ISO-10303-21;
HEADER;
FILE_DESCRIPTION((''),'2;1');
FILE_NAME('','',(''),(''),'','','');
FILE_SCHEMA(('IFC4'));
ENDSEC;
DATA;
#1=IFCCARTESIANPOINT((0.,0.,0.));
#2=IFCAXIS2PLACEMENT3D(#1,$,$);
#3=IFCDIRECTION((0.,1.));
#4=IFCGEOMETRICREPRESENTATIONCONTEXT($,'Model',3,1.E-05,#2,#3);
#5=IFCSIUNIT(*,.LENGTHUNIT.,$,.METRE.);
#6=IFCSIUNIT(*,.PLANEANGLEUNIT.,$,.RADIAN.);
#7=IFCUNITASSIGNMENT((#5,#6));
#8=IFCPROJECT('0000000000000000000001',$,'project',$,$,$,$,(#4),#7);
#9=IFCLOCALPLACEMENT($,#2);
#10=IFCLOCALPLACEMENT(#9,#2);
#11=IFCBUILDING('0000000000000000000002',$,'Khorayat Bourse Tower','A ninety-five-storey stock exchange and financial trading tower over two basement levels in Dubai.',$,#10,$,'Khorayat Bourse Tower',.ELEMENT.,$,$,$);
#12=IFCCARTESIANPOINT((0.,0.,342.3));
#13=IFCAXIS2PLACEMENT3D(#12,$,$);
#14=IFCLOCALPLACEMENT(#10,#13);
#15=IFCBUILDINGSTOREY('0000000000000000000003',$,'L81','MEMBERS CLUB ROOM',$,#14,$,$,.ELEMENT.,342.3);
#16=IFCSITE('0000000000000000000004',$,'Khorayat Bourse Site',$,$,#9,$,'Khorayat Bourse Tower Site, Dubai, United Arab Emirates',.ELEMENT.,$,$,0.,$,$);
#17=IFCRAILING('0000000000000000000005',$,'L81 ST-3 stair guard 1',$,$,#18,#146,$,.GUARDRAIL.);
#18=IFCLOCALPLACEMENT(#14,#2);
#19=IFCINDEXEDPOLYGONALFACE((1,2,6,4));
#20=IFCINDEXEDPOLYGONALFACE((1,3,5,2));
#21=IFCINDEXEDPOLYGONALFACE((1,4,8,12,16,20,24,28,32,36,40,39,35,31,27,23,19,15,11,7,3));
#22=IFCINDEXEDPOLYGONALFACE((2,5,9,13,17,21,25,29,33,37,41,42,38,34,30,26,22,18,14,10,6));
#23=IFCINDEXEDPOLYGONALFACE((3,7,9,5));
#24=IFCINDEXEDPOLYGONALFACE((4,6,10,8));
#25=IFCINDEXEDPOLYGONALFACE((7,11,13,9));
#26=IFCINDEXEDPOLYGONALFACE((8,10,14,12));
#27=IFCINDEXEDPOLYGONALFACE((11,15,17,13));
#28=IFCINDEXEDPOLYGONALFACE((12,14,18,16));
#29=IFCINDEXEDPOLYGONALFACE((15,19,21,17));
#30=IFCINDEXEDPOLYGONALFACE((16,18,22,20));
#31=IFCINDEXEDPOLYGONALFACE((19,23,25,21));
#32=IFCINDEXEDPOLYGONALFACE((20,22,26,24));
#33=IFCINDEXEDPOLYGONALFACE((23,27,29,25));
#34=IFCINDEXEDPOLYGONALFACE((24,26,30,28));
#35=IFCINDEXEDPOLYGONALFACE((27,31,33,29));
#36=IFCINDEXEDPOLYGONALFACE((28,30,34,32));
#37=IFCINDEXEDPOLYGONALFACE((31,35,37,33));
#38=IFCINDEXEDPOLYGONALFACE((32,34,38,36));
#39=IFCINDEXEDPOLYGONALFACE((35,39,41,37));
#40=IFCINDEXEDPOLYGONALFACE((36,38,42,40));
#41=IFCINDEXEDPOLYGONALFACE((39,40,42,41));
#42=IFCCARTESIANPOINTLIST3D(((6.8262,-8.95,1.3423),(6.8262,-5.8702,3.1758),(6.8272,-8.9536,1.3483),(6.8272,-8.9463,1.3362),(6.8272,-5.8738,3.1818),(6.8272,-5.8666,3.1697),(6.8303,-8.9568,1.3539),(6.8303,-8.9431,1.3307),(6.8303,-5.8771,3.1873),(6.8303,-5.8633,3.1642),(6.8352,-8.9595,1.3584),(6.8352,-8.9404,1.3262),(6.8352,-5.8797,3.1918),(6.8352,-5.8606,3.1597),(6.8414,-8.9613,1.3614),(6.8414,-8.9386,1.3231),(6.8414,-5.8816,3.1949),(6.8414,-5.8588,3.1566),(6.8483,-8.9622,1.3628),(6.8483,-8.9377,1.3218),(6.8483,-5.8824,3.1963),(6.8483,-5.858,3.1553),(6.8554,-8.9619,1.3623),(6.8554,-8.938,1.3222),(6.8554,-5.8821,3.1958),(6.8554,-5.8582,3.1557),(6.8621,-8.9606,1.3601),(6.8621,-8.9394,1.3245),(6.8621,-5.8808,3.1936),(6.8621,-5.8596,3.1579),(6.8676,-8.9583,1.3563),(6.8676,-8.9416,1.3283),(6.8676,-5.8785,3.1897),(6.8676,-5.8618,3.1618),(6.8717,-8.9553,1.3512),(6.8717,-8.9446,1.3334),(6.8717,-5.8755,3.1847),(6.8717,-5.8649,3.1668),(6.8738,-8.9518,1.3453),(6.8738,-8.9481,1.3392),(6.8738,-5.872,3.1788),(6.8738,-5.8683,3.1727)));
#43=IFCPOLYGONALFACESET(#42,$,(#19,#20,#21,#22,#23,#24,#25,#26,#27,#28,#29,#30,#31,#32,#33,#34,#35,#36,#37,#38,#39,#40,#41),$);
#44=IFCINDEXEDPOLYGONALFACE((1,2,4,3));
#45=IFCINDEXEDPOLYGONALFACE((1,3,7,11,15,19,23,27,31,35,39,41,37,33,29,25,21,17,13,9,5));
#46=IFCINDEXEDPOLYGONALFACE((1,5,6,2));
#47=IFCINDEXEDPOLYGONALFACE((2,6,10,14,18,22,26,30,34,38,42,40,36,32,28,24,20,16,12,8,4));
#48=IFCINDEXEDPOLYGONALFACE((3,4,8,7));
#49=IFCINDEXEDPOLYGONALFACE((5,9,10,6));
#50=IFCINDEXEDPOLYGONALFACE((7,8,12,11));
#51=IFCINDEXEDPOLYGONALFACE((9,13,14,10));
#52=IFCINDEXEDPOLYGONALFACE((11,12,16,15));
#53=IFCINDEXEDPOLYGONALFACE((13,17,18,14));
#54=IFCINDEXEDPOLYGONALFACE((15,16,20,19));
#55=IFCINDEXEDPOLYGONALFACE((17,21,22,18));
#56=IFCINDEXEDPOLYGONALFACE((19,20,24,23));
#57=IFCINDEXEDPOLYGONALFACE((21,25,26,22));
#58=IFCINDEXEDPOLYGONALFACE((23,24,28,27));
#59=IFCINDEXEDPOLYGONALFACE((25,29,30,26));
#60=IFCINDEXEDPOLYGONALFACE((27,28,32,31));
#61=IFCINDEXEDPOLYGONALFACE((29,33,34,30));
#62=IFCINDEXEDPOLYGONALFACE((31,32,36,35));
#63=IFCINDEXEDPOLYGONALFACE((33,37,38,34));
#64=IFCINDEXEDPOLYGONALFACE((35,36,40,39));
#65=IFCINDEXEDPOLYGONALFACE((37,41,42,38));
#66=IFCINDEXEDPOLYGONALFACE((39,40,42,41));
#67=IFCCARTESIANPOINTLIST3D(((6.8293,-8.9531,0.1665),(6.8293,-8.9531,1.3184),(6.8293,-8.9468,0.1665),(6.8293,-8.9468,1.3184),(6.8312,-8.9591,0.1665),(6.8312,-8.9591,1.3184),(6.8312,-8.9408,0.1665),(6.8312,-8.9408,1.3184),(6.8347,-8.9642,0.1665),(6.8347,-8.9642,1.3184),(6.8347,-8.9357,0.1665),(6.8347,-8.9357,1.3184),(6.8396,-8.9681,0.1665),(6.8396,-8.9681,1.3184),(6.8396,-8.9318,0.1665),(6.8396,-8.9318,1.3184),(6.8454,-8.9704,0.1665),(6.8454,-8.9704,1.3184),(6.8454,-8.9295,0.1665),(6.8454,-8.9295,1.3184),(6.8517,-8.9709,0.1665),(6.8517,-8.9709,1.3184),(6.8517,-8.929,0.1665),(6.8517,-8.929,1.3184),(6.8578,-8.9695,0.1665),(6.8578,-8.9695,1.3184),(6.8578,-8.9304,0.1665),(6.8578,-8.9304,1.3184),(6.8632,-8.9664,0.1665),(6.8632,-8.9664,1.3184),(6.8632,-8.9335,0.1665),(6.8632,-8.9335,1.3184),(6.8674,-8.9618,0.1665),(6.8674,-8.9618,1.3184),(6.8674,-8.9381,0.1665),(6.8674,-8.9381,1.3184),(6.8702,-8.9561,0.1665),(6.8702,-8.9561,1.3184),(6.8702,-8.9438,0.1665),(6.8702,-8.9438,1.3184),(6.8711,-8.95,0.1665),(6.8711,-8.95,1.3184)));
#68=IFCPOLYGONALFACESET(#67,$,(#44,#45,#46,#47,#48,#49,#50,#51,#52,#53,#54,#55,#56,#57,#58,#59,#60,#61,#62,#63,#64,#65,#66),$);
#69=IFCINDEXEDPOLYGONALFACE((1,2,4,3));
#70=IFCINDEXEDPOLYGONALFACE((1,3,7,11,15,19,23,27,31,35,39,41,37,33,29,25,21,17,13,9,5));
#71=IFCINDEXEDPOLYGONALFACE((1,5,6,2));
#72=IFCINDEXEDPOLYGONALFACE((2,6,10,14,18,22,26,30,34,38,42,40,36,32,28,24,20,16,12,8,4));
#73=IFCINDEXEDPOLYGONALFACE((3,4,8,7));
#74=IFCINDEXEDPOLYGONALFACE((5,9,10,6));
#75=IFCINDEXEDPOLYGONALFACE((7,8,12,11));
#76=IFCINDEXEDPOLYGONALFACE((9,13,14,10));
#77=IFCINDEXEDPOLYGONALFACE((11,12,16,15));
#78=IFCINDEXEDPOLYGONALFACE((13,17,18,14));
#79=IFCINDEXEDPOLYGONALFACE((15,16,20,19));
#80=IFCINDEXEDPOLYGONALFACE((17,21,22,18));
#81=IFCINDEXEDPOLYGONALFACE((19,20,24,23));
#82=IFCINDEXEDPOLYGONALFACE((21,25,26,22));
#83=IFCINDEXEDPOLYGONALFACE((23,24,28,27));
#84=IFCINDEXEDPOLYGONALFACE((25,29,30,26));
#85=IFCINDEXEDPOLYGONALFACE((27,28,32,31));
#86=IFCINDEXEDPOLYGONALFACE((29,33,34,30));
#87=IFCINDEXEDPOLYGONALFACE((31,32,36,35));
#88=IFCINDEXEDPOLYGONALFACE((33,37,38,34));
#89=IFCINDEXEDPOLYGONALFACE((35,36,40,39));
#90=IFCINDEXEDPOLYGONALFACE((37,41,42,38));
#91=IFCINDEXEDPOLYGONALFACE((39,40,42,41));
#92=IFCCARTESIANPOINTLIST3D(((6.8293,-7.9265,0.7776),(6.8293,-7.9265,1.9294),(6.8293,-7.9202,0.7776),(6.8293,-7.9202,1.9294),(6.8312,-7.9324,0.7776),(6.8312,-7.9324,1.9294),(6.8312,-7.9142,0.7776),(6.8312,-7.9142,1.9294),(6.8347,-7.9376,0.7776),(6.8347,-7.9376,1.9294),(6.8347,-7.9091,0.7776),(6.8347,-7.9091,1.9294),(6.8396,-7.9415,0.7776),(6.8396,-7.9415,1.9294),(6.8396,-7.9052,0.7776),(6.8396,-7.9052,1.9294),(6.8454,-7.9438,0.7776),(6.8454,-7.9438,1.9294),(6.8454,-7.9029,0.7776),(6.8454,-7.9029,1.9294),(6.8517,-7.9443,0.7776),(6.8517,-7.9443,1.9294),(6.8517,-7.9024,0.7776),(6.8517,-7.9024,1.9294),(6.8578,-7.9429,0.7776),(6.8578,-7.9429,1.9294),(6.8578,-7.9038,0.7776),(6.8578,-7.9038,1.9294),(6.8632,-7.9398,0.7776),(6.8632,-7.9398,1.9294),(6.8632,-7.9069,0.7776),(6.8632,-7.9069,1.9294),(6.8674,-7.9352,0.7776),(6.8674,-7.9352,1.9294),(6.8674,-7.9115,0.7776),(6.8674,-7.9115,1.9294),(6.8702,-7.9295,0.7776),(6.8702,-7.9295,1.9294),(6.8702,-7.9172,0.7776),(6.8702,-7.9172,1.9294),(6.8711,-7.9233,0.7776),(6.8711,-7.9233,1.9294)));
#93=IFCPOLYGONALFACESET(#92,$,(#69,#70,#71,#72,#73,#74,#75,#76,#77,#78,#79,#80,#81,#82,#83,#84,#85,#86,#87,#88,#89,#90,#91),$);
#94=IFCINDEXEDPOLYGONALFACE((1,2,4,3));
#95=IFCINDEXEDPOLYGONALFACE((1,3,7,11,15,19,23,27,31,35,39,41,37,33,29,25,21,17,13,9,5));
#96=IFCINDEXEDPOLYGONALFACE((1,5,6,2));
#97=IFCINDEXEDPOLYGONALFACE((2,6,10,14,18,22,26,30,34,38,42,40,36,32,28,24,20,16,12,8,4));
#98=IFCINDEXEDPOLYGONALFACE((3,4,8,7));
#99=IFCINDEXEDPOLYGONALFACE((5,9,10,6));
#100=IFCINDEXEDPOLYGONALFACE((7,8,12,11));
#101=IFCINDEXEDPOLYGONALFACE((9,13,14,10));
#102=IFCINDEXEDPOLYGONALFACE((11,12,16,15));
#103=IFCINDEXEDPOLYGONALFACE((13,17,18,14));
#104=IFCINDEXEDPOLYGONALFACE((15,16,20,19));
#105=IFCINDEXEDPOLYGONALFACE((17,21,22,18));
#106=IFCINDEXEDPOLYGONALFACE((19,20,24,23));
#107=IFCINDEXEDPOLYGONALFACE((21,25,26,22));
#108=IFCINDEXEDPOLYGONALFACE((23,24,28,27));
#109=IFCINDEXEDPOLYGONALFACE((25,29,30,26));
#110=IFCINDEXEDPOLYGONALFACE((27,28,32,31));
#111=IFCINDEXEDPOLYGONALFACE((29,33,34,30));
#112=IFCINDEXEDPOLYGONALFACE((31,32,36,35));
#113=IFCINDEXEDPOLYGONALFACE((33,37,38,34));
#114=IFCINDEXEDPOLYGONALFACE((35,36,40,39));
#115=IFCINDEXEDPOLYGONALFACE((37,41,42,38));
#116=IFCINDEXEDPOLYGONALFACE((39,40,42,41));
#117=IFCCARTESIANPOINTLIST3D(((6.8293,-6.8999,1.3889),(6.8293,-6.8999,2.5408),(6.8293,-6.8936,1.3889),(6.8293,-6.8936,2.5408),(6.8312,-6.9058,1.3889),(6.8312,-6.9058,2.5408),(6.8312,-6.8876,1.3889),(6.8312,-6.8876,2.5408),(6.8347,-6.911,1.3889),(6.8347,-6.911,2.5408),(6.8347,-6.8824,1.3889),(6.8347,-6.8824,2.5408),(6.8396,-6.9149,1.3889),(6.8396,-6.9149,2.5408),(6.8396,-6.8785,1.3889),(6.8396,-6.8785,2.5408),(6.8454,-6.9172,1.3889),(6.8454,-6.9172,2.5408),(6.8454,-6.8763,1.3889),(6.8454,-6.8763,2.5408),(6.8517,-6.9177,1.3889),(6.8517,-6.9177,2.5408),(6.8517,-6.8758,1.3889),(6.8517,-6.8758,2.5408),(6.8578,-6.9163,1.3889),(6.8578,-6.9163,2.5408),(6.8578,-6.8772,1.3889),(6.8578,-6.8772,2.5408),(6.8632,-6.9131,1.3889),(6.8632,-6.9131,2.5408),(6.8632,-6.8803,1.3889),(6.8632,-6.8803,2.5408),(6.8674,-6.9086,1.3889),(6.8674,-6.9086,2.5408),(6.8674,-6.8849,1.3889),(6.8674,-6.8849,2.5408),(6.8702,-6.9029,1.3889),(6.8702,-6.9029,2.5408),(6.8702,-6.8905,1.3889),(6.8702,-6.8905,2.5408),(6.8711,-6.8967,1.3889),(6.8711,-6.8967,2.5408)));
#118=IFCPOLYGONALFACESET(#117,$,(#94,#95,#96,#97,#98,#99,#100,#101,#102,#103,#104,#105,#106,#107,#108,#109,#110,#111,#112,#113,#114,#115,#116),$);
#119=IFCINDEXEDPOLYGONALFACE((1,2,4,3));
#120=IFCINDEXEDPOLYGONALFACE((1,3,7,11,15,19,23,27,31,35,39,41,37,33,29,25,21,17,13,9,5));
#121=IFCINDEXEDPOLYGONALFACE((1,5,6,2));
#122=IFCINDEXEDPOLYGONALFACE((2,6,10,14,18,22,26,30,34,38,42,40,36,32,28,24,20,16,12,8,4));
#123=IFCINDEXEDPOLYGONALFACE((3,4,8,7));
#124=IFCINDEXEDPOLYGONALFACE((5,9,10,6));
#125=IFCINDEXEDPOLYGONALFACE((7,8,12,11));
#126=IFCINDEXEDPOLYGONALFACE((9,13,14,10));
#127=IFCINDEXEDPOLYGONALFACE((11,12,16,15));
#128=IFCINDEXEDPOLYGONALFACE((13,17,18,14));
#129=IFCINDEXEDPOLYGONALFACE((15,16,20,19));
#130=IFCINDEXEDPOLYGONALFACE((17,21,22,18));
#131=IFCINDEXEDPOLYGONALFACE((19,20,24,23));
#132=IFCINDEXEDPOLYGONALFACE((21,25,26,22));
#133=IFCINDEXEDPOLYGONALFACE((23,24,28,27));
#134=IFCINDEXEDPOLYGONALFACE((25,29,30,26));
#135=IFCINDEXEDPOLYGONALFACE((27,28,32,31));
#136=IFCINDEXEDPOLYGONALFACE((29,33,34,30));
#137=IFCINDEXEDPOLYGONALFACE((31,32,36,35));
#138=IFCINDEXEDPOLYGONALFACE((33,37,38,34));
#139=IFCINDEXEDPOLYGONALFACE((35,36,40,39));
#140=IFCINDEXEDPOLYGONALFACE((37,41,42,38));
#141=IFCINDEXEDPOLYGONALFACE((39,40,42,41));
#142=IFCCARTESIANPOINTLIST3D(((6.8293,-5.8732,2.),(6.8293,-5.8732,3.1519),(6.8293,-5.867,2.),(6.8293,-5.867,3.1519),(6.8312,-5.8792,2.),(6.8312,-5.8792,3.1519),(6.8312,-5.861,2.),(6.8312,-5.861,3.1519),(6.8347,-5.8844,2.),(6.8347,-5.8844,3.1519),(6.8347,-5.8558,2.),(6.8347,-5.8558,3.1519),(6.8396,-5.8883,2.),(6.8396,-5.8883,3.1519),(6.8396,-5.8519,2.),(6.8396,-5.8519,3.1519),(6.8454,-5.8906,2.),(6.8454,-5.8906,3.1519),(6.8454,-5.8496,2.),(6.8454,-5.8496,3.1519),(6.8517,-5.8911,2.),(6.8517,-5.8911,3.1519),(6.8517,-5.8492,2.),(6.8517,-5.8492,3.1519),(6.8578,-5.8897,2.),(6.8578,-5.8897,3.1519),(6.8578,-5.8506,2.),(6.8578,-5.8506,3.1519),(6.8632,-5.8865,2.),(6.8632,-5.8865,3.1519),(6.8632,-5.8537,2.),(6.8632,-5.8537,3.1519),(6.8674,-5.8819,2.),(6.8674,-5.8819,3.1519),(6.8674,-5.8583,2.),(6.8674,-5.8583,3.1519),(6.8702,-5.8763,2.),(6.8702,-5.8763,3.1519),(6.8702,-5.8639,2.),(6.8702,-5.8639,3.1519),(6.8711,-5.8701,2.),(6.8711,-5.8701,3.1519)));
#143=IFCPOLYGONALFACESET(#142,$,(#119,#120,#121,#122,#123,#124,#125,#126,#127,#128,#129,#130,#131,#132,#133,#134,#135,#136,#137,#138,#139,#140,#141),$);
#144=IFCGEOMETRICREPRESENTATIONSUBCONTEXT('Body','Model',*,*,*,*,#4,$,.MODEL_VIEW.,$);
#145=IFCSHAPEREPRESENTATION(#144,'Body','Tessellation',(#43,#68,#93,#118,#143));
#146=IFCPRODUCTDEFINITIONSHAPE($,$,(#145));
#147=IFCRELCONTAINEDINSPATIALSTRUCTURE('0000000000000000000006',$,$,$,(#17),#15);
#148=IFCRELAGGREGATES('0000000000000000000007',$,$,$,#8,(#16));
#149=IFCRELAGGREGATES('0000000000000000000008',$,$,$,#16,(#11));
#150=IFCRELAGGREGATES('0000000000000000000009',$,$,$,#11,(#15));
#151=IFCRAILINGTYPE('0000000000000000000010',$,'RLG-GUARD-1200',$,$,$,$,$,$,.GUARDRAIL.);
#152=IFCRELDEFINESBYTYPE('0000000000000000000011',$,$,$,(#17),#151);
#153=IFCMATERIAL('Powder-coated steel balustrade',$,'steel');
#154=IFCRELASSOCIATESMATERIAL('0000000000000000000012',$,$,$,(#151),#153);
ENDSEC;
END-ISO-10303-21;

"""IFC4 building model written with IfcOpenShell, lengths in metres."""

from ifc_helpers import new_model, si_unit, direction, frame, origin, origin_2d, place, context, subcontext, project, spatial, circle, extrude, source, transform, mapped, material, type_object, element, save


model = new_model("IFC4")

# Units and contexts
model_context = context("Model", 3, precision=1e-05, world=origin(), true_north=direction((0.0, 1.0)))
body_context = subcontext(model_context, "Body", "Model", "MODEL_VIEW")
ifc_project = project(units=[si_unit("LENGTHUNIT", "METRE"), si_unit("PLANEANGLEUNIT", "RADIAN")], contexts=[model_context])

# Site, building, storey
site_placement = place(None, origin())
site = spatial("IfcSite", under=ifc_project, at=site_placement, Name="Khorayat Bourse Site", LongName="Khorayat Bourse Tower Site, Dubai, United Arab Emirates", CompositionType="ELEMENT", RefElevation=0.0)
building_placement = place(site_placement, origin())
building = spatial("IfcBuilding", under=site, at=building_placement, Name="Khorayat Bourse Tower", Description="A ninety-five-storey stock exchange and financial trading tower over two basement levels in Dubai.", LongName="Khorayat Bourse Tower", CompositionType="ELEMENT")
storey_placement = place(building_placement, frame((0.0, 0.0, 342.3)))
storey = spatial("IfcBuildingStorey", under=building, at=storey_placement, Name="L81", Description="MEMBERS CLUB ROOM", CompositionType="ELEMENT", Elevation=342.3)

# Railing
ifc_material_1 = material(Name="Powder-coated steel balustrade", Category="steel")
railing_type_1 = type_object("IfcRailingType", Name="RLG-GUARD-1200", PredefinedType="GUARDRAIL", material=ifc_material_1)
shared_shape_1 = source(origin(), body_context, "Body", "SweptSolid", [
    extrude(circle(Radius=0.0239, at=origin_2d()), frame((0.0, 0.0, 1.1758), z_axis=(0.0, 0.859261, 0.511538), x_axis=(-1.0, 0.0, 0.0)), (0.0, 0.0, 1.0), 3.5842),
    extrude(circle(Radius=0.021, at=origin_2d()), origin(), (0.0, 0.0, 1.0), 1.1519),
    extrude(circle(Radius=0.021, at=origin_2d()), frame((0.0, 1.0266, 0.6111)), (0.0, 0.0, 1.0), 1.1519),
    extrude(circle(Radius=0.021, at=origin_2d()), frame((0.0, 2.0532, 1.2224)), (0.0, 0.0, 1.0), 1.1519),
    extrude(circle(Radius=0.021, at=origin_2d()), frame((0.0, 3.0798, 1.8335)), (0.0, 0.0, 1.0), 1.1519),
])
railing_1_placement = place(storey_placement, frame((6.8501, -8.95, 0.1665)))
element("IfcRailing", 1, at=railing_1_placement, inside=storey, type_object=railing_type_1, Name="L81 ST-3 stair guard 1", PredefinedType="GUARDRAIL", context=body_context, shape_type="MappedRepresentation", body=[
    mapped(shared_shape_1, transform((0.0, 0.0, 0.0), scale=1.0)),
])

save(model, "model.ifc")
